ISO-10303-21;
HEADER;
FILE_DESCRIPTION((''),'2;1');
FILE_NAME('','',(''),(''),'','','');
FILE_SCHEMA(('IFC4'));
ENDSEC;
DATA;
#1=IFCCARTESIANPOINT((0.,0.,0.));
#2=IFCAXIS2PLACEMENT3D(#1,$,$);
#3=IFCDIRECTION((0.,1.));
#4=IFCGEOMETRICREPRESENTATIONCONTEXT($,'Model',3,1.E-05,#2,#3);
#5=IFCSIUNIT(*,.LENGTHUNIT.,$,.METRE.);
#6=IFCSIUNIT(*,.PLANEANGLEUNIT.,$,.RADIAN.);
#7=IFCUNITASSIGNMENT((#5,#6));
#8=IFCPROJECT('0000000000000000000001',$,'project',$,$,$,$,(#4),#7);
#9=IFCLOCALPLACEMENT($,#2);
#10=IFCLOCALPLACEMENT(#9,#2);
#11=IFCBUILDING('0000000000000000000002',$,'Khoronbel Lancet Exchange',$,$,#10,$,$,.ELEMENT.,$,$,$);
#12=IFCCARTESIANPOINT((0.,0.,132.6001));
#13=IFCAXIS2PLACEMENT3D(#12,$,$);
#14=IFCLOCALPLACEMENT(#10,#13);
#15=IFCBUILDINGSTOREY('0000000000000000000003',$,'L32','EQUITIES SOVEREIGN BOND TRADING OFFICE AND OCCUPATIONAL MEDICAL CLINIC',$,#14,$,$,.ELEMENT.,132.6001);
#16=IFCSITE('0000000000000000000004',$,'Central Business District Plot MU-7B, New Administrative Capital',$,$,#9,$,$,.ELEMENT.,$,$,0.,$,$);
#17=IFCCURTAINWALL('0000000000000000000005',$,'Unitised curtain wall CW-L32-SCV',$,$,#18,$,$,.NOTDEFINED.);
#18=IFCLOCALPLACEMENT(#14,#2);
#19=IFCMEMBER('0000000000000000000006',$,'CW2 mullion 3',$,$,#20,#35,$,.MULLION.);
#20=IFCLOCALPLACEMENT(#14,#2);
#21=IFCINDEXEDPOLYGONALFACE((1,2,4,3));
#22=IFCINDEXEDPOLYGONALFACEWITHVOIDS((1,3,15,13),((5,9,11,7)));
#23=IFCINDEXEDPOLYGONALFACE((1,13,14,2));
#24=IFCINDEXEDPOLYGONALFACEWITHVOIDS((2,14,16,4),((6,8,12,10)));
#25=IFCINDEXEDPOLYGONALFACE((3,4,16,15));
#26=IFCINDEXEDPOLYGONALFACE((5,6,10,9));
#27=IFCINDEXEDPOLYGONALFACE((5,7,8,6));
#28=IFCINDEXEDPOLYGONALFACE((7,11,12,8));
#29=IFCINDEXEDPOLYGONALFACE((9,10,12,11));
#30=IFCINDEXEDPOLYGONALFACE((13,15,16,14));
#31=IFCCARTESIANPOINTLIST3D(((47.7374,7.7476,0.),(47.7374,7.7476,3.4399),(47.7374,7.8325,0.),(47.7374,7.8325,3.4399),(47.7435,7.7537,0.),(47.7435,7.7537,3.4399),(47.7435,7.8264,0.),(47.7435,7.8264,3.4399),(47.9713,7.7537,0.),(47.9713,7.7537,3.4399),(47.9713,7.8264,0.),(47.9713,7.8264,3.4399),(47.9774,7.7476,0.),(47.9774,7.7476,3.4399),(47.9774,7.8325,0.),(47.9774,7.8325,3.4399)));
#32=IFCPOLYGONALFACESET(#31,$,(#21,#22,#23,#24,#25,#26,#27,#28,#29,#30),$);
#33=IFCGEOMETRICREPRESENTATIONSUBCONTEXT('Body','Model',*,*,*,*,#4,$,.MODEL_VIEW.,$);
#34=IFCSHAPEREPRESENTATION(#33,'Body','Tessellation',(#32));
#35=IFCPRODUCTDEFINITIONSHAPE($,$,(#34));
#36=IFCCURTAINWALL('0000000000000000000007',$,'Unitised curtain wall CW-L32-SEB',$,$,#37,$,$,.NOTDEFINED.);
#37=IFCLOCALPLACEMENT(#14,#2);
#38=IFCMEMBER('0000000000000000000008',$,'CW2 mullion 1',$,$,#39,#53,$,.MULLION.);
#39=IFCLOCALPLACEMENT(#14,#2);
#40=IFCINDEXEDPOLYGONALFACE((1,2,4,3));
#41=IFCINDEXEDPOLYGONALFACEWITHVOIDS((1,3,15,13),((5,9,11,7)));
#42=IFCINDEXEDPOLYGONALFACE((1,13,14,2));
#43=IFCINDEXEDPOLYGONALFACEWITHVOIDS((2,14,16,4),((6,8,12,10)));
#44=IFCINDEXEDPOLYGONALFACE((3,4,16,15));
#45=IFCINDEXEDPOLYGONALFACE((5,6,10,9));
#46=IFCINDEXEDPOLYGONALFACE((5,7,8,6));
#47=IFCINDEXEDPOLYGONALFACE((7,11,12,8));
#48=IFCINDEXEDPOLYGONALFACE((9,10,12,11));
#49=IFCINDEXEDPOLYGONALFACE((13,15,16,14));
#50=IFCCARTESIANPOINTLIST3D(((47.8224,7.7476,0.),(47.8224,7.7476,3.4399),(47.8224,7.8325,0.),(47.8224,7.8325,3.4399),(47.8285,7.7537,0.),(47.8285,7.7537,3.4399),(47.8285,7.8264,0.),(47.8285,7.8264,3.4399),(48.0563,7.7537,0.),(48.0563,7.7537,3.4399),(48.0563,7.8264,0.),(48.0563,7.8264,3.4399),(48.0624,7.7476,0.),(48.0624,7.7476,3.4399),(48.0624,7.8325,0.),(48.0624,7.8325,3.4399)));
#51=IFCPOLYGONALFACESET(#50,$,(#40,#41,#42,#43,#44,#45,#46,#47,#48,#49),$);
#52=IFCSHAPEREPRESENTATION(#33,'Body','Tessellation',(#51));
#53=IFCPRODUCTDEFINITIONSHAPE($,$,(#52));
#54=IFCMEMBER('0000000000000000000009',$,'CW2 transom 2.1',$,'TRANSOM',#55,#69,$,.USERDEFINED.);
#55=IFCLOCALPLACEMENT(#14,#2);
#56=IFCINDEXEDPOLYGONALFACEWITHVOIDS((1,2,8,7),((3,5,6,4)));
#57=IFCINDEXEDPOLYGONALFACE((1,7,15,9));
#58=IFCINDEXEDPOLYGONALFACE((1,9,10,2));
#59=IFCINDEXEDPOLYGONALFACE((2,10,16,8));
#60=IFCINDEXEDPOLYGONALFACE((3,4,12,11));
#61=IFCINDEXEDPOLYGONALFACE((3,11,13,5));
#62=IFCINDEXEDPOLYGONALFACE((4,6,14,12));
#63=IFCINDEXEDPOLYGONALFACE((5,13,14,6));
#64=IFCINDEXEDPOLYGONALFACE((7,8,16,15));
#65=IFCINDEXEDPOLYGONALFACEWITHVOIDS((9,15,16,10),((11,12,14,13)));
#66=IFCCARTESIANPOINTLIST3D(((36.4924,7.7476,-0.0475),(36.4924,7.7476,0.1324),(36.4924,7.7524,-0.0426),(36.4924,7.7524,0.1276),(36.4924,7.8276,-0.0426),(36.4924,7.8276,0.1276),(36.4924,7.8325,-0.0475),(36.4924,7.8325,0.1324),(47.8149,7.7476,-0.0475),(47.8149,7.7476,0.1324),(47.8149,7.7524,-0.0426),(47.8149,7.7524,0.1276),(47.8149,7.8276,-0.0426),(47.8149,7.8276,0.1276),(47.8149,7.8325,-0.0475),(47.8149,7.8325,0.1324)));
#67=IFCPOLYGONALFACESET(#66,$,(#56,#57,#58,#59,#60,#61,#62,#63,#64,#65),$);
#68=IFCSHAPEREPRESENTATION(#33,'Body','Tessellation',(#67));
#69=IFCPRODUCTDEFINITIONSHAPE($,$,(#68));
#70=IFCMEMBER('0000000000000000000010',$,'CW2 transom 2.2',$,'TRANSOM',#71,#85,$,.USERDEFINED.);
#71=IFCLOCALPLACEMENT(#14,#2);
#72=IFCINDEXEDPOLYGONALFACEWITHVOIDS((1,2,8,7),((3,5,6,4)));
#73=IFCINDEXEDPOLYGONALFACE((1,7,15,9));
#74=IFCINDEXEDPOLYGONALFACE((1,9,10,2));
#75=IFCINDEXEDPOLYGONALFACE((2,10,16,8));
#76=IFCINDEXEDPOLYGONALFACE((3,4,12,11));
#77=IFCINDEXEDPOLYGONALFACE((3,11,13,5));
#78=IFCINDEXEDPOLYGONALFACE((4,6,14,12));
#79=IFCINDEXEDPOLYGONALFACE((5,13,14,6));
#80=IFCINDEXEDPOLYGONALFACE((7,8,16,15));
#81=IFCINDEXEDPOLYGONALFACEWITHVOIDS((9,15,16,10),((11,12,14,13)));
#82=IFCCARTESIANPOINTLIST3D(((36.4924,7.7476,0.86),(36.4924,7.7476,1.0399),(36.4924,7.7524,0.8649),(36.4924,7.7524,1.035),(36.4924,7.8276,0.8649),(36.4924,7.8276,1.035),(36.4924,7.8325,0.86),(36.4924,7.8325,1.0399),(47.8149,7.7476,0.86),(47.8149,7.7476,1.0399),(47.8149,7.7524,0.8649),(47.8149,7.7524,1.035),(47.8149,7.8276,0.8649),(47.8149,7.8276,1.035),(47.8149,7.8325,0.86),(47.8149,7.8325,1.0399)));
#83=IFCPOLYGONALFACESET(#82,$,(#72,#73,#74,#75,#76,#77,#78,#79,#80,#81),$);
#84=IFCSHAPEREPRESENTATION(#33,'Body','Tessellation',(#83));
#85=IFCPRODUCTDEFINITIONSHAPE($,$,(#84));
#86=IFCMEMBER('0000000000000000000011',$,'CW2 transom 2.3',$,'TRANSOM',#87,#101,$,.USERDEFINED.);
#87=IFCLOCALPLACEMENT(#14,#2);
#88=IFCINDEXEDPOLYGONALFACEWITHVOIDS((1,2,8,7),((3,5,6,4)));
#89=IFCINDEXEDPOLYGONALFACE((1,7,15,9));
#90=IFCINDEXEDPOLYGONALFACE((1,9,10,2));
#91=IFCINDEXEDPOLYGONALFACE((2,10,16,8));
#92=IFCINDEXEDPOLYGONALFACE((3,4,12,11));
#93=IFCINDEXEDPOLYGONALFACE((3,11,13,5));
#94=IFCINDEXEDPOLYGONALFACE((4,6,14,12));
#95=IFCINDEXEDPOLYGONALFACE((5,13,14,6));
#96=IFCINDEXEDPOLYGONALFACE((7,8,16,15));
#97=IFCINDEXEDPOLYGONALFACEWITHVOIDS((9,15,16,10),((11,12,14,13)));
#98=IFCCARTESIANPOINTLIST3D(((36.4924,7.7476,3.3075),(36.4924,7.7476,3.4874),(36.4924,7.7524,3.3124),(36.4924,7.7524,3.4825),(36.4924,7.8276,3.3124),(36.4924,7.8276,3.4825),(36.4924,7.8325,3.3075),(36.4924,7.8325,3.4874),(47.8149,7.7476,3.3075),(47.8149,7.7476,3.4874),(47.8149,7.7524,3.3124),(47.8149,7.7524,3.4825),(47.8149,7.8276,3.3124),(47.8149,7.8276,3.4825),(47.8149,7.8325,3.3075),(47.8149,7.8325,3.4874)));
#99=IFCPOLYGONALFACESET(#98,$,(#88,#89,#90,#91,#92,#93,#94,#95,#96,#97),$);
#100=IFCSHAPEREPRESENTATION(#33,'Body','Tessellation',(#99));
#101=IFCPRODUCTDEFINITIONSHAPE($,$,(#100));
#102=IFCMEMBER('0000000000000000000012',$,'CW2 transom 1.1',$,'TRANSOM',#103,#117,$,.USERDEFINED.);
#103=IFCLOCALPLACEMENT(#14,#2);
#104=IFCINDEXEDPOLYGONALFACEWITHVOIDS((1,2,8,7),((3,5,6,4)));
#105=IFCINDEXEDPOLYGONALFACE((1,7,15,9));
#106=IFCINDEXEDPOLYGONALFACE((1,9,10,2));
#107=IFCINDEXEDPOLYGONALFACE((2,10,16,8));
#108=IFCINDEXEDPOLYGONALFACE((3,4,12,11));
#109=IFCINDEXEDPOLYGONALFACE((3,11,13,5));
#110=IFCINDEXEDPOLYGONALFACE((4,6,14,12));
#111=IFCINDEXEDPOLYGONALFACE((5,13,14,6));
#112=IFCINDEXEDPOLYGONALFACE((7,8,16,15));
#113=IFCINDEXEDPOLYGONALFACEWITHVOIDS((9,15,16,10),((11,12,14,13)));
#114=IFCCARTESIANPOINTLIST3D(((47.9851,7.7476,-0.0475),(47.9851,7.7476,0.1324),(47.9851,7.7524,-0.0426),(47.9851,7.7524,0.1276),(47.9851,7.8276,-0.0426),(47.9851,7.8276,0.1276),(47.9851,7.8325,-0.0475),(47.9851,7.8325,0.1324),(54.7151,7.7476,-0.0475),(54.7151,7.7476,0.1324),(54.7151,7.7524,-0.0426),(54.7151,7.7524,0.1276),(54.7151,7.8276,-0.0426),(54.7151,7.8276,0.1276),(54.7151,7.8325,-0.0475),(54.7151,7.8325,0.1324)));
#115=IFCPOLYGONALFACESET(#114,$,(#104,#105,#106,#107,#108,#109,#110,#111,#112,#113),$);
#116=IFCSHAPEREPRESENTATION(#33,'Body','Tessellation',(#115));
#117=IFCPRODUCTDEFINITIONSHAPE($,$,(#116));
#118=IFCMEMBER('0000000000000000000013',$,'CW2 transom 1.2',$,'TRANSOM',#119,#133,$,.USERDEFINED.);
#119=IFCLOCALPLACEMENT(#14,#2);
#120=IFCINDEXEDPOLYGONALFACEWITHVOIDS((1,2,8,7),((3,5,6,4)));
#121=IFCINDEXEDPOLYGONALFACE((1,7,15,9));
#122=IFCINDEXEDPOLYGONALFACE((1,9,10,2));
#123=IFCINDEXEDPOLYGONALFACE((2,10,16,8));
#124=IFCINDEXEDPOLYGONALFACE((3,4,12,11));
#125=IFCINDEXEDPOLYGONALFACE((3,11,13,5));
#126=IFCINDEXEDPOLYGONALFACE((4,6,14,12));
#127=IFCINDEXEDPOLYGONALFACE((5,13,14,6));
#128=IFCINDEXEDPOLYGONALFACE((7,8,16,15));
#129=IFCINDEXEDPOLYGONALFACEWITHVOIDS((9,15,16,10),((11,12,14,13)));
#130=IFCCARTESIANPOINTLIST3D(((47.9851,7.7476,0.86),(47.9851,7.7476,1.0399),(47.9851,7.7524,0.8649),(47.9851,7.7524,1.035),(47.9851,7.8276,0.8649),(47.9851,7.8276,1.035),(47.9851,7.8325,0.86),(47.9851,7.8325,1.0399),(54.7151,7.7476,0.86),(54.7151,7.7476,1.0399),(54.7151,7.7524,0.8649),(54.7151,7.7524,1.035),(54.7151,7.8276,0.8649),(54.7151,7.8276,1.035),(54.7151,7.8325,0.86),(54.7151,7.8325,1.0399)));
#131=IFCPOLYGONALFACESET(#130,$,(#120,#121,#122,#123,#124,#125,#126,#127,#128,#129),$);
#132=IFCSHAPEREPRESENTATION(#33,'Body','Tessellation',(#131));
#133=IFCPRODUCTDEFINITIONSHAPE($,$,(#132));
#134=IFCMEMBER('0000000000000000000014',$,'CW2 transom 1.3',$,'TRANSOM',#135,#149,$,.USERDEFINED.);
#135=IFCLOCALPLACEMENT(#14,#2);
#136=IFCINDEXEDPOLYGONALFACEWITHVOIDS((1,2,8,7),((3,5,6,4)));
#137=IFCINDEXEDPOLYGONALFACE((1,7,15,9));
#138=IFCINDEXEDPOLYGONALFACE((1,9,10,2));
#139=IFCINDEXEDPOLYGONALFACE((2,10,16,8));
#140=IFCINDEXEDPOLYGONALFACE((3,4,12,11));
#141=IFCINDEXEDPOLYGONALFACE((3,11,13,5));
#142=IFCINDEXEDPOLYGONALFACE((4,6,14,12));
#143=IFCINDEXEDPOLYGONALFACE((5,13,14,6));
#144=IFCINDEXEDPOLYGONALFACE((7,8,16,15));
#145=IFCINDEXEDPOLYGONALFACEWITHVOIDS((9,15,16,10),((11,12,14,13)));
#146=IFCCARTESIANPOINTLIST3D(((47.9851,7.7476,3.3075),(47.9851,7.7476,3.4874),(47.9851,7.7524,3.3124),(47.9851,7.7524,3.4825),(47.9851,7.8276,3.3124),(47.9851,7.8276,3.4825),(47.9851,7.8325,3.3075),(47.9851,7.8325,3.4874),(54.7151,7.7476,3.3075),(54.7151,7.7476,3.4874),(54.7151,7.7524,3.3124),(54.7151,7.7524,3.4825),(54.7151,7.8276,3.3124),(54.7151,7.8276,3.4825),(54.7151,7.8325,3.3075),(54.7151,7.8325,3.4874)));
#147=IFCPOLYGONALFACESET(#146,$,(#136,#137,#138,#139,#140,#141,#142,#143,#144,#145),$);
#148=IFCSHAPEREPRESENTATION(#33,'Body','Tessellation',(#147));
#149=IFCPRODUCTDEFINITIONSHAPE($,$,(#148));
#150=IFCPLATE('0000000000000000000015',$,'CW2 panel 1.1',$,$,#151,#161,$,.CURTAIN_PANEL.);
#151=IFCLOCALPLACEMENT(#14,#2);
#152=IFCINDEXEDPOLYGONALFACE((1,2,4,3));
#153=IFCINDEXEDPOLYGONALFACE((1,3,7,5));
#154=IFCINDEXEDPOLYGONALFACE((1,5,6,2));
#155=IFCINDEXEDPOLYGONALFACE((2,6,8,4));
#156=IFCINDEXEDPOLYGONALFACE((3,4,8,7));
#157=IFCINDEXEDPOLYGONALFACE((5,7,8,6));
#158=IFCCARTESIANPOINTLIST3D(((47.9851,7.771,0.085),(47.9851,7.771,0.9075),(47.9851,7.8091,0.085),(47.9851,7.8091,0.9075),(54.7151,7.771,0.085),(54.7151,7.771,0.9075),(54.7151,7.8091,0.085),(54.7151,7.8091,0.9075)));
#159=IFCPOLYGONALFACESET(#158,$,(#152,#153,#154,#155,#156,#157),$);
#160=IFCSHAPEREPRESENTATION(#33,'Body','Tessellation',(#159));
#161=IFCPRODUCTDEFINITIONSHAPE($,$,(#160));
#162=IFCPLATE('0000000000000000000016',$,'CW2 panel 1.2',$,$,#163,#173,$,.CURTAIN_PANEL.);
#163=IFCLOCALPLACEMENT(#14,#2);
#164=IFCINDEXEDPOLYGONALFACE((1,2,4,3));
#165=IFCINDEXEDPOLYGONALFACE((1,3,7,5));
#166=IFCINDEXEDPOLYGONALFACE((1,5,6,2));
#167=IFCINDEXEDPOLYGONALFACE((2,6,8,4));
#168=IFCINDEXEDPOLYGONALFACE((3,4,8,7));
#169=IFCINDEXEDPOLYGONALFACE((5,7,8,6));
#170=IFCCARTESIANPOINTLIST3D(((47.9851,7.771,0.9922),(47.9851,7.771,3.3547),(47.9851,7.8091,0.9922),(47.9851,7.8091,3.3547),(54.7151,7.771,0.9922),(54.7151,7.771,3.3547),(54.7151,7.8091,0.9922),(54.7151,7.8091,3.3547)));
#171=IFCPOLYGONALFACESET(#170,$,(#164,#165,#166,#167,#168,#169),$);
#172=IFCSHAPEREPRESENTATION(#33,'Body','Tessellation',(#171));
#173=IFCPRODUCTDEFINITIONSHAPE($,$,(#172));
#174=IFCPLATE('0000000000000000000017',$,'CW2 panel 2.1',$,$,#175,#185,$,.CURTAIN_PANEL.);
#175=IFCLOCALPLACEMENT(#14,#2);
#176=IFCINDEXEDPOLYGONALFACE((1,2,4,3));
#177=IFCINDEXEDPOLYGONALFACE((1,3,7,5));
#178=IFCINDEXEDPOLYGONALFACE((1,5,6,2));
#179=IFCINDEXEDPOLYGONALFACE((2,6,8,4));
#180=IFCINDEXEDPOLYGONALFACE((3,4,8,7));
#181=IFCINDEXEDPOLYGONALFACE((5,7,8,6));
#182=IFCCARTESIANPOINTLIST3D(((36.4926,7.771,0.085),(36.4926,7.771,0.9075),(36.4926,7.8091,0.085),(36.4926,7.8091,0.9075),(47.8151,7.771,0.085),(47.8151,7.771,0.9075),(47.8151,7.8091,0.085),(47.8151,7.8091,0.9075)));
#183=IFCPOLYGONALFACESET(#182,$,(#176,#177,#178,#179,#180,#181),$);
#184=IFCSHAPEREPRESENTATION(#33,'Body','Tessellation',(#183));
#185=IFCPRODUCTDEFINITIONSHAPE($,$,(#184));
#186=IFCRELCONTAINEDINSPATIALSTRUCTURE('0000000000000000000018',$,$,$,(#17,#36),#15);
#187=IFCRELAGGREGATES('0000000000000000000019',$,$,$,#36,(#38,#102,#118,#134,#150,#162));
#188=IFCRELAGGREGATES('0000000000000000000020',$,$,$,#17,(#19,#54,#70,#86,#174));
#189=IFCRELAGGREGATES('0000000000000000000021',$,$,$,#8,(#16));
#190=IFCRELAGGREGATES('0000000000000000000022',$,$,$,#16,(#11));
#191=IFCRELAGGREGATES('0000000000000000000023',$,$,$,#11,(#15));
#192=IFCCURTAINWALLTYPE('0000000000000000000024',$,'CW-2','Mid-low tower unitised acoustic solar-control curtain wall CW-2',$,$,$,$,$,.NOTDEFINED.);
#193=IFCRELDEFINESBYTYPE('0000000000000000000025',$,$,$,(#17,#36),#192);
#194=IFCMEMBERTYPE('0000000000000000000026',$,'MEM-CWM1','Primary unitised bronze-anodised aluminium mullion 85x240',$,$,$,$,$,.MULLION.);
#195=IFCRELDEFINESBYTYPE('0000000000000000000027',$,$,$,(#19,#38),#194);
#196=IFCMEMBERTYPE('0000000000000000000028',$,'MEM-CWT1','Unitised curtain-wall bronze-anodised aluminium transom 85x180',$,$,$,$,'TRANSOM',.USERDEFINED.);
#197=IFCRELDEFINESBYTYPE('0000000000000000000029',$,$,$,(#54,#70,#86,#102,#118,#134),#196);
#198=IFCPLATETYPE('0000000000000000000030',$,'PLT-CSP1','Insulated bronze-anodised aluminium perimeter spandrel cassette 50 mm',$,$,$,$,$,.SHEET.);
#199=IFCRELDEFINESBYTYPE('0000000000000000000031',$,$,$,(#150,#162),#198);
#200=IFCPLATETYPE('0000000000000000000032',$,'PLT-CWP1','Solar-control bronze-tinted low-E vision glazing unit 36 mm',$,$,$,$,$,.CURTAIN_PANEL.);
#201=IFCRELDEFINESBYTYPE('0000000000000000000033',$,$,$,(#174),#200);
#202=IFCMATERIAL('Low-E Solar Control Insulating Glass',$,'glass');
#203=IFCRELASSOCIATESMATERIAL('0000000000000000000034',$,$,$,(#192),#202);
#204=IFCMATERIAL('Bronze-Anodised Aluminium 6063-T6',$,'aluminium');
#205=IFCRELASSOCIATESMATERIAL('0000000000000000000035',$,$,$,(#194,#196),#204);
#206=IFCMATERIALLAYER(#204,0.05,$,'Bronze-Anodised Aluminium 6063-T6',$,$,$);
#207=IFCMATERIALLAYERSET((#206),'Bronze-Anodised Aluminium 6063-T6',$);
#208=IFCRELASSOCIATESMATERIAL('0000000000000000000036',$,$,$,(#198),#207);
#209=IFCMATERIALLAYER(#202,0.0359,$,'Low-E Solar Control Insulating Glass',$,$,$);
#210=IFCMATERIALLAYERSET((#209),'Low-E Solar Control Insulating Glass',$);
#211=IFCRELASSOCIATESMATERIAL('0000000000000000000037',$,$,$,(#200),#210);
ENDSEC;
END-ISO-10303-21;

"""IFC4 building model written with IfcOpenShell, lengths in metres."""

from ifc_helpers import new_model, si_unit, direction, frame, origin, origin_2d, place, context, subcontext, project, spatial, rectangle, hollow_rectangle, extrude, material, layer, layer_set, material_profile, profile_set, type_object, element, aggregate, save


model = new_model("IFC4")

# Units and contexts
model_context = context("Model", 3, precision=1e-05, world=origin(), true_north=direction((0.0, 1.0)))
body_context = subcontext(model_context, "Body", "Model", "MODEL_VIEW")
ifc_project = project(units=[si_unit("LENGTHUNIT", "METRE"), si_unit("PLANEANGLEUNIT", "RADIAN")], contexts=[model_context])

# Site, building, storey
site_placement = place(None, origin())
site = spatial("IfcSite", under=ifc_project, at=site_placement, Name="Central Business District Plot MU-7B, New Administrative Capital", CompositionType="ELEMENT", RefElevation=0.0)
building_placement = place(site_placement, origin())
building = spatial("IfcBuilding", under=site, at=building_placement, Name="Khoronbel Lancet Exchange", CompositionType="ELEMENT")
storey_placement = place(building_placement, frame((0.0, 0.0, 132.6001)))
storey = spatial("IfcBuildingStorey", under=building, at=storey_placement, Name="L32", Description="EQUITIES SOVEREIGN BOND TRADING OFFICE AND OCCUPATIONAL MEDICAL CLINIC", CompositionType="ELEMENT", Elevation=132.6001)

# Curtain wall, member
ifc_material_1 = material(Name="Low-E Solar Control Insulating Glass", Category="glass")
curtain_wall_type = type_object("IfcCurtainWallType", Name="CW-2", Description="Mid-low tower unitised acoustic solar-control curtain wall CW-2", PredefinedType="NOTDEFINED", material=ifc_material_1)
curtain_wall_1_placement = place(storey_placement, origin())
curtain_wall_1 = element("IfcCurtainWall", 1, at=curtain_wall_1_placement, inside=storey, type_object=curtain_wall_type, Name="Unitised curtain wall CW-L32-SCV", PredefinedType="NOTDEFINED")
ifc_material_2 = material(Name="Bronze-Anodised Aluminium 6063-T6", Category="aluminium")
ifc_material_profile_1 = material_profile(ifc_material_2, hollow_rectangle(XDim=0.085, YDim=0.24, WallThickness=0.0061, at=origin_2d()), Name="ALU MULLION 85x240")
ifc_profile_set_1 = profile_set([ifc_material_profile_1], Name="Bronze-Anodised Aluminium 6063-T6")
member_type_1 = type_object("IfcMemberType", Name="MEM-CWM1", Description="Primary unitised bronze-anodised aluminium mullion 85x240", PredefinedType="MULLION", material=ifc_profile_set_1)
member_1_placement = place(storey_placement, frame((47.8574, 7.79, 0.0), z_axis=(0.0, 0.0, 1.0), x_axis=(0.0, 1.0, 0.0)))
member_1 = element("IfcMember", 2, at=member_1_placement, type_object=member_type_1, Name="CW2 mullion 3", PredefinedType="MULLION", context=body_context, shape_type="SweptSolid", body=[
    extrude(hollow_rectangle(XDim=0.085, YDim=0.24, WallThickness=0.0061, at=origin_2d()), origin(), (0.0, 0.0, 1.0), 3.4399),
])

# Curtain wall, member
curtain_wall_2_placement = place(storey_placement, origin())
curtain_wall_2 = element("IfcCurtainWall", 3, at=curtain_wall_2_placement, inside=storey, type_object=curtain_wall_type, Name="Unitised curtain wall CW-L32-SEB", PredefinedType="NOTDEFINED")
member_2_placement = place(storey_placement, frame((47.9424, 7.79, 0.0), z_axis=(0.0, 0.0, 1.0), x_axis=(0.0, 1.0, 0.0)))
member_2 = element("IfcMember", 4, at=member_2_placement, type_object=member_type_1, Name="CW2 mullion 1", PredefinedType="MULLION", context=body_context, shape_type="SweptSolid", body=[
    extrude(hollow_rectangle(XDim=0.085, YDim=0.24, WallThickness=0.0061, at=origin_2d()), origin(), (0.0, 0.0, 1.0), 3.4399),
])

# Members
ifc_material_profile_2 = material_profile(ifc_material_2, hollow_rectangle(XDim=0.085, YDim=0.1799, WallThickness=0.0049, at=origin_2d()), Name="ALU TRANSOM 85x180")
ifc_profile_set_2 = profile_set([ifc_material_profile_2], Name="Bronze-Anodised Aluminium 6063-T6")
member_type_2 = type_object("IfcMemberType", Name="MEM-CWT1", Description="Unitised curtain-wall bronze-anodised aluminium transom 85x180", ElementType="TRANSOM", PredefinedType="USERDEFINED", material=ifc_profile_set_2)
member_3_placement = place(storey_placement, frame((36.4924, 7.79, 0.0425), z_axis=(1.0, 0.0, 0.0), x_axis=(0.0, 1.0, 0.0)))
member_3 = element("IfcMember", 5, at=member_3_placement, type_object=member_type_2, Name="CW2 transom 2.1", ObjectType="TRANSOM", PredefinedType="USERDEFINED", context=body_context, shape_type="SweptSolid", body=[
    extrude(hollow_rectangle(XDim=0.085, YDim=0.1799, WallThickness=0.0049, at=origin_2d()), origin(), (0.0, 0.0, 1.0), 11.3225),
])
member_4_placement = place(storey_placement, frame((36.4924, 7.79, 0.95), z_axis=(1.0, 0.0, 0.0), x_axis=(0.0, 1.0, 0.0)))
member_4 = element("IfcMember", 6, at=member_4_placement, type_object=member_type_2, Name="CW2 transom 2.2", ObjectType="TRANSOM", PredefinedType="USERDEFINED", context=body_context, shape_type="SweptSolid", body=[
    extrude(hollow_rectangle(XDim=0.085, YDim=0.1799, WallThickness=0.0049, at=origin_2d()), origin(), (0.0, 0.0, 1.0), 11.3225),
])
member_5_placement = place(storey_placement, frame((36.4924, 7.79, 3.3975), z_axis=(1.0, 0.0, 0.0), x_axis=(0.0, 1.0, 0.0)))
member_5 = element("IfcMember", 7, at=member_5_placement, type_object=member_type_2, Name="CW2 transom 2.3", ObjectType="TRANSOM", PredefinedType="USERDEFINED", context=body_context, shape_type="SweptSolid", body=[
    extrude(hollow_rectangle(XDim=0.085, YDim=0.1799, WallThickness=0.0049, at=origin_2d()), origin(), (0.0, 0.0, 1.0), 11.3225),
])
member_6_placement = place(storey_placement, frame((47.9851, 7.79, 0.0425), z_axis=(1.0, 0.0, 0.0), x_axis=(0.0, 1.0, 0.0)))
member_6 = element("IfcMember", 8, at=member_6_placement, type_object=member_type_2, Name="CW2 transom 1.1", ObjectType="TRANSOM", PredefinedType="USERDEFINED", context=body_context, shape_type="SweptSolid", body=[
    extrude(hollow_rectangle(XDim=0.085, YDim=0.1799, WallThickness=0.0049, at=origin_2d()), origin(), (0.0, 0.0, 1.0), 6.73),
])
member_7_placement = place(storey_placement, frame((47.9851, 7.79, 0.95), z_axis=(1.0, 0.0, 0.0), x_axis=(0.0, 1.0, 0.0)))
member_7 = element("IfcMember", 9, at=member_7_placement, type_object=member_type_2, Name="CW2 transom 1.2", ObjectType="TRANSOM", PredefinedType="USERDEFINED", context=body_context, shape_type="SweptSolid", body=[
    extrude(hollow_rectangle(XDim=0.085, YDim=0.1799, WallThickness=0.0049, at=origin_2d()), origin(), (0.0, 0.0, 1.0), 6.73),
])
member_8_placement = place(storey_placement, frame((47.9851, 7.79, 3.3975), z_axis=(1.0, 0.0, 0.0), x_axis=(0.0, 1.0, 0.0)))
member_8 = element("IfcMember", 10, at=member_8_placement, type_object=member_type_2, Name="CW2 transom 1.3", ObjectType="TRANSOM", PredefinedType="USERDEFINED", context=body_context, shape_type="SweptSolid", body=[
    extrude(hollow_rectangle(XDim=0.085, YDim=0.1799, WallThickness=0.0049, at=origin_2d()), origin(), (0.0, 0.0, 1.0), 6.73),
])

# Plates
ifc_layer_1 = layer(ifc_material_2, 0.05, Name="Bronze-Anodised Aluminium 6063-T6")
ifc_layer_set_1 = layer_set([ifc_layer_1], Name="Bronze-Anodised Aluminium 6063-T6")
plate_type_1 = type_object("IfcPlateType", Name="PLT-CSP1", Description="Insulated bronze-anodised aluminium perimeter spandrel cassette 50 mm", PredefinedType="SHEET", material=ifc_layer_set_1)
plate_1_placement = place(storey_placement, frame((51.3501, 7.79, 0.085), z_axis=(0.0, 0.0, 1.0), x_axis=(1.0, 0.0, 0.0)))
plate_1 = element("IfcPlate", 11, at=plate_1_placement, type_object=plate_type_1, Name="CW2 panel 1.1", PredefinedType="CURTAIN_PANEL", context=body_context, shape_type="SweptSolid", body=[
    extrude(rectangle(XDim=6.73, YDim=0.0381, at=origin_2d()), origin(), (0.0, 0.0, 1.0), 0.8225),
])
plate_2_placement = place(storey_placement, frame((51.3501, 7.79, 0.9922), z_axis=(0.0, 0.0, 1.0), x_axis=(1.0, 0.0, 0.0)))
plate_2 = element("IfcPlate", 12, at=plate_2_placement, type_object=plate_type_1, Name="CW2 panel 1.2", PredefinedType="CURTAIN_PANEL", context=body_context, shape_type="SweptSolid", body=[
    extrude(rectangle(XDim=6.73, YDim=0.0381, at=origin_2d()), origin(), (0.0, 0.0, 1.0), 2.3625),
])
aggregate(curtain_wall_2, [member_2, member_6, member_7, member_8, plate_1, plate_2])
ifc_layer_2 = layer(ifc_material_1, 0.0359, Name="Low-E Solar Control Insulating Glass")
ifc_layer_set_2 = layer_set([ifc_layer_2], Name="Low-E Solar Control Insulating Glass")
plate_type_2 = type_object("IfcPlateType", Name="PLT-CWP1", Description="Solar-control bronze-tinted low-E vision glazing unit 36 mm", PredefinedType="CURTAIN_PANEL", material=ifc_layer_set_2)
plate_3_placement = place(storey_placement, frame((42.1538, 7.79, 0.085), z_axis=(0.0, 0.0, 1.0), x_axis=(1.0, 0.0, 0.0)))
plate_3 = element("IfcPlate", 13, at=plate_3_placement, type_object=plate_type_2, Name="CW2 panel 2.1", PredefinedType="CURTAIN_PANEL", context=body_context, shape_type="SweptSolid", body=[
    extrude(rectangle(XDim=11.3225, YDim=0.0381, at=origin_2d()), origin(), (0.0, 0.0, 1.0), 0.8225),
])
aggregate(curtain_wall_1, [member_1, member_3, member_4, member_5, plate_3])

save(model, "model.ifc")
